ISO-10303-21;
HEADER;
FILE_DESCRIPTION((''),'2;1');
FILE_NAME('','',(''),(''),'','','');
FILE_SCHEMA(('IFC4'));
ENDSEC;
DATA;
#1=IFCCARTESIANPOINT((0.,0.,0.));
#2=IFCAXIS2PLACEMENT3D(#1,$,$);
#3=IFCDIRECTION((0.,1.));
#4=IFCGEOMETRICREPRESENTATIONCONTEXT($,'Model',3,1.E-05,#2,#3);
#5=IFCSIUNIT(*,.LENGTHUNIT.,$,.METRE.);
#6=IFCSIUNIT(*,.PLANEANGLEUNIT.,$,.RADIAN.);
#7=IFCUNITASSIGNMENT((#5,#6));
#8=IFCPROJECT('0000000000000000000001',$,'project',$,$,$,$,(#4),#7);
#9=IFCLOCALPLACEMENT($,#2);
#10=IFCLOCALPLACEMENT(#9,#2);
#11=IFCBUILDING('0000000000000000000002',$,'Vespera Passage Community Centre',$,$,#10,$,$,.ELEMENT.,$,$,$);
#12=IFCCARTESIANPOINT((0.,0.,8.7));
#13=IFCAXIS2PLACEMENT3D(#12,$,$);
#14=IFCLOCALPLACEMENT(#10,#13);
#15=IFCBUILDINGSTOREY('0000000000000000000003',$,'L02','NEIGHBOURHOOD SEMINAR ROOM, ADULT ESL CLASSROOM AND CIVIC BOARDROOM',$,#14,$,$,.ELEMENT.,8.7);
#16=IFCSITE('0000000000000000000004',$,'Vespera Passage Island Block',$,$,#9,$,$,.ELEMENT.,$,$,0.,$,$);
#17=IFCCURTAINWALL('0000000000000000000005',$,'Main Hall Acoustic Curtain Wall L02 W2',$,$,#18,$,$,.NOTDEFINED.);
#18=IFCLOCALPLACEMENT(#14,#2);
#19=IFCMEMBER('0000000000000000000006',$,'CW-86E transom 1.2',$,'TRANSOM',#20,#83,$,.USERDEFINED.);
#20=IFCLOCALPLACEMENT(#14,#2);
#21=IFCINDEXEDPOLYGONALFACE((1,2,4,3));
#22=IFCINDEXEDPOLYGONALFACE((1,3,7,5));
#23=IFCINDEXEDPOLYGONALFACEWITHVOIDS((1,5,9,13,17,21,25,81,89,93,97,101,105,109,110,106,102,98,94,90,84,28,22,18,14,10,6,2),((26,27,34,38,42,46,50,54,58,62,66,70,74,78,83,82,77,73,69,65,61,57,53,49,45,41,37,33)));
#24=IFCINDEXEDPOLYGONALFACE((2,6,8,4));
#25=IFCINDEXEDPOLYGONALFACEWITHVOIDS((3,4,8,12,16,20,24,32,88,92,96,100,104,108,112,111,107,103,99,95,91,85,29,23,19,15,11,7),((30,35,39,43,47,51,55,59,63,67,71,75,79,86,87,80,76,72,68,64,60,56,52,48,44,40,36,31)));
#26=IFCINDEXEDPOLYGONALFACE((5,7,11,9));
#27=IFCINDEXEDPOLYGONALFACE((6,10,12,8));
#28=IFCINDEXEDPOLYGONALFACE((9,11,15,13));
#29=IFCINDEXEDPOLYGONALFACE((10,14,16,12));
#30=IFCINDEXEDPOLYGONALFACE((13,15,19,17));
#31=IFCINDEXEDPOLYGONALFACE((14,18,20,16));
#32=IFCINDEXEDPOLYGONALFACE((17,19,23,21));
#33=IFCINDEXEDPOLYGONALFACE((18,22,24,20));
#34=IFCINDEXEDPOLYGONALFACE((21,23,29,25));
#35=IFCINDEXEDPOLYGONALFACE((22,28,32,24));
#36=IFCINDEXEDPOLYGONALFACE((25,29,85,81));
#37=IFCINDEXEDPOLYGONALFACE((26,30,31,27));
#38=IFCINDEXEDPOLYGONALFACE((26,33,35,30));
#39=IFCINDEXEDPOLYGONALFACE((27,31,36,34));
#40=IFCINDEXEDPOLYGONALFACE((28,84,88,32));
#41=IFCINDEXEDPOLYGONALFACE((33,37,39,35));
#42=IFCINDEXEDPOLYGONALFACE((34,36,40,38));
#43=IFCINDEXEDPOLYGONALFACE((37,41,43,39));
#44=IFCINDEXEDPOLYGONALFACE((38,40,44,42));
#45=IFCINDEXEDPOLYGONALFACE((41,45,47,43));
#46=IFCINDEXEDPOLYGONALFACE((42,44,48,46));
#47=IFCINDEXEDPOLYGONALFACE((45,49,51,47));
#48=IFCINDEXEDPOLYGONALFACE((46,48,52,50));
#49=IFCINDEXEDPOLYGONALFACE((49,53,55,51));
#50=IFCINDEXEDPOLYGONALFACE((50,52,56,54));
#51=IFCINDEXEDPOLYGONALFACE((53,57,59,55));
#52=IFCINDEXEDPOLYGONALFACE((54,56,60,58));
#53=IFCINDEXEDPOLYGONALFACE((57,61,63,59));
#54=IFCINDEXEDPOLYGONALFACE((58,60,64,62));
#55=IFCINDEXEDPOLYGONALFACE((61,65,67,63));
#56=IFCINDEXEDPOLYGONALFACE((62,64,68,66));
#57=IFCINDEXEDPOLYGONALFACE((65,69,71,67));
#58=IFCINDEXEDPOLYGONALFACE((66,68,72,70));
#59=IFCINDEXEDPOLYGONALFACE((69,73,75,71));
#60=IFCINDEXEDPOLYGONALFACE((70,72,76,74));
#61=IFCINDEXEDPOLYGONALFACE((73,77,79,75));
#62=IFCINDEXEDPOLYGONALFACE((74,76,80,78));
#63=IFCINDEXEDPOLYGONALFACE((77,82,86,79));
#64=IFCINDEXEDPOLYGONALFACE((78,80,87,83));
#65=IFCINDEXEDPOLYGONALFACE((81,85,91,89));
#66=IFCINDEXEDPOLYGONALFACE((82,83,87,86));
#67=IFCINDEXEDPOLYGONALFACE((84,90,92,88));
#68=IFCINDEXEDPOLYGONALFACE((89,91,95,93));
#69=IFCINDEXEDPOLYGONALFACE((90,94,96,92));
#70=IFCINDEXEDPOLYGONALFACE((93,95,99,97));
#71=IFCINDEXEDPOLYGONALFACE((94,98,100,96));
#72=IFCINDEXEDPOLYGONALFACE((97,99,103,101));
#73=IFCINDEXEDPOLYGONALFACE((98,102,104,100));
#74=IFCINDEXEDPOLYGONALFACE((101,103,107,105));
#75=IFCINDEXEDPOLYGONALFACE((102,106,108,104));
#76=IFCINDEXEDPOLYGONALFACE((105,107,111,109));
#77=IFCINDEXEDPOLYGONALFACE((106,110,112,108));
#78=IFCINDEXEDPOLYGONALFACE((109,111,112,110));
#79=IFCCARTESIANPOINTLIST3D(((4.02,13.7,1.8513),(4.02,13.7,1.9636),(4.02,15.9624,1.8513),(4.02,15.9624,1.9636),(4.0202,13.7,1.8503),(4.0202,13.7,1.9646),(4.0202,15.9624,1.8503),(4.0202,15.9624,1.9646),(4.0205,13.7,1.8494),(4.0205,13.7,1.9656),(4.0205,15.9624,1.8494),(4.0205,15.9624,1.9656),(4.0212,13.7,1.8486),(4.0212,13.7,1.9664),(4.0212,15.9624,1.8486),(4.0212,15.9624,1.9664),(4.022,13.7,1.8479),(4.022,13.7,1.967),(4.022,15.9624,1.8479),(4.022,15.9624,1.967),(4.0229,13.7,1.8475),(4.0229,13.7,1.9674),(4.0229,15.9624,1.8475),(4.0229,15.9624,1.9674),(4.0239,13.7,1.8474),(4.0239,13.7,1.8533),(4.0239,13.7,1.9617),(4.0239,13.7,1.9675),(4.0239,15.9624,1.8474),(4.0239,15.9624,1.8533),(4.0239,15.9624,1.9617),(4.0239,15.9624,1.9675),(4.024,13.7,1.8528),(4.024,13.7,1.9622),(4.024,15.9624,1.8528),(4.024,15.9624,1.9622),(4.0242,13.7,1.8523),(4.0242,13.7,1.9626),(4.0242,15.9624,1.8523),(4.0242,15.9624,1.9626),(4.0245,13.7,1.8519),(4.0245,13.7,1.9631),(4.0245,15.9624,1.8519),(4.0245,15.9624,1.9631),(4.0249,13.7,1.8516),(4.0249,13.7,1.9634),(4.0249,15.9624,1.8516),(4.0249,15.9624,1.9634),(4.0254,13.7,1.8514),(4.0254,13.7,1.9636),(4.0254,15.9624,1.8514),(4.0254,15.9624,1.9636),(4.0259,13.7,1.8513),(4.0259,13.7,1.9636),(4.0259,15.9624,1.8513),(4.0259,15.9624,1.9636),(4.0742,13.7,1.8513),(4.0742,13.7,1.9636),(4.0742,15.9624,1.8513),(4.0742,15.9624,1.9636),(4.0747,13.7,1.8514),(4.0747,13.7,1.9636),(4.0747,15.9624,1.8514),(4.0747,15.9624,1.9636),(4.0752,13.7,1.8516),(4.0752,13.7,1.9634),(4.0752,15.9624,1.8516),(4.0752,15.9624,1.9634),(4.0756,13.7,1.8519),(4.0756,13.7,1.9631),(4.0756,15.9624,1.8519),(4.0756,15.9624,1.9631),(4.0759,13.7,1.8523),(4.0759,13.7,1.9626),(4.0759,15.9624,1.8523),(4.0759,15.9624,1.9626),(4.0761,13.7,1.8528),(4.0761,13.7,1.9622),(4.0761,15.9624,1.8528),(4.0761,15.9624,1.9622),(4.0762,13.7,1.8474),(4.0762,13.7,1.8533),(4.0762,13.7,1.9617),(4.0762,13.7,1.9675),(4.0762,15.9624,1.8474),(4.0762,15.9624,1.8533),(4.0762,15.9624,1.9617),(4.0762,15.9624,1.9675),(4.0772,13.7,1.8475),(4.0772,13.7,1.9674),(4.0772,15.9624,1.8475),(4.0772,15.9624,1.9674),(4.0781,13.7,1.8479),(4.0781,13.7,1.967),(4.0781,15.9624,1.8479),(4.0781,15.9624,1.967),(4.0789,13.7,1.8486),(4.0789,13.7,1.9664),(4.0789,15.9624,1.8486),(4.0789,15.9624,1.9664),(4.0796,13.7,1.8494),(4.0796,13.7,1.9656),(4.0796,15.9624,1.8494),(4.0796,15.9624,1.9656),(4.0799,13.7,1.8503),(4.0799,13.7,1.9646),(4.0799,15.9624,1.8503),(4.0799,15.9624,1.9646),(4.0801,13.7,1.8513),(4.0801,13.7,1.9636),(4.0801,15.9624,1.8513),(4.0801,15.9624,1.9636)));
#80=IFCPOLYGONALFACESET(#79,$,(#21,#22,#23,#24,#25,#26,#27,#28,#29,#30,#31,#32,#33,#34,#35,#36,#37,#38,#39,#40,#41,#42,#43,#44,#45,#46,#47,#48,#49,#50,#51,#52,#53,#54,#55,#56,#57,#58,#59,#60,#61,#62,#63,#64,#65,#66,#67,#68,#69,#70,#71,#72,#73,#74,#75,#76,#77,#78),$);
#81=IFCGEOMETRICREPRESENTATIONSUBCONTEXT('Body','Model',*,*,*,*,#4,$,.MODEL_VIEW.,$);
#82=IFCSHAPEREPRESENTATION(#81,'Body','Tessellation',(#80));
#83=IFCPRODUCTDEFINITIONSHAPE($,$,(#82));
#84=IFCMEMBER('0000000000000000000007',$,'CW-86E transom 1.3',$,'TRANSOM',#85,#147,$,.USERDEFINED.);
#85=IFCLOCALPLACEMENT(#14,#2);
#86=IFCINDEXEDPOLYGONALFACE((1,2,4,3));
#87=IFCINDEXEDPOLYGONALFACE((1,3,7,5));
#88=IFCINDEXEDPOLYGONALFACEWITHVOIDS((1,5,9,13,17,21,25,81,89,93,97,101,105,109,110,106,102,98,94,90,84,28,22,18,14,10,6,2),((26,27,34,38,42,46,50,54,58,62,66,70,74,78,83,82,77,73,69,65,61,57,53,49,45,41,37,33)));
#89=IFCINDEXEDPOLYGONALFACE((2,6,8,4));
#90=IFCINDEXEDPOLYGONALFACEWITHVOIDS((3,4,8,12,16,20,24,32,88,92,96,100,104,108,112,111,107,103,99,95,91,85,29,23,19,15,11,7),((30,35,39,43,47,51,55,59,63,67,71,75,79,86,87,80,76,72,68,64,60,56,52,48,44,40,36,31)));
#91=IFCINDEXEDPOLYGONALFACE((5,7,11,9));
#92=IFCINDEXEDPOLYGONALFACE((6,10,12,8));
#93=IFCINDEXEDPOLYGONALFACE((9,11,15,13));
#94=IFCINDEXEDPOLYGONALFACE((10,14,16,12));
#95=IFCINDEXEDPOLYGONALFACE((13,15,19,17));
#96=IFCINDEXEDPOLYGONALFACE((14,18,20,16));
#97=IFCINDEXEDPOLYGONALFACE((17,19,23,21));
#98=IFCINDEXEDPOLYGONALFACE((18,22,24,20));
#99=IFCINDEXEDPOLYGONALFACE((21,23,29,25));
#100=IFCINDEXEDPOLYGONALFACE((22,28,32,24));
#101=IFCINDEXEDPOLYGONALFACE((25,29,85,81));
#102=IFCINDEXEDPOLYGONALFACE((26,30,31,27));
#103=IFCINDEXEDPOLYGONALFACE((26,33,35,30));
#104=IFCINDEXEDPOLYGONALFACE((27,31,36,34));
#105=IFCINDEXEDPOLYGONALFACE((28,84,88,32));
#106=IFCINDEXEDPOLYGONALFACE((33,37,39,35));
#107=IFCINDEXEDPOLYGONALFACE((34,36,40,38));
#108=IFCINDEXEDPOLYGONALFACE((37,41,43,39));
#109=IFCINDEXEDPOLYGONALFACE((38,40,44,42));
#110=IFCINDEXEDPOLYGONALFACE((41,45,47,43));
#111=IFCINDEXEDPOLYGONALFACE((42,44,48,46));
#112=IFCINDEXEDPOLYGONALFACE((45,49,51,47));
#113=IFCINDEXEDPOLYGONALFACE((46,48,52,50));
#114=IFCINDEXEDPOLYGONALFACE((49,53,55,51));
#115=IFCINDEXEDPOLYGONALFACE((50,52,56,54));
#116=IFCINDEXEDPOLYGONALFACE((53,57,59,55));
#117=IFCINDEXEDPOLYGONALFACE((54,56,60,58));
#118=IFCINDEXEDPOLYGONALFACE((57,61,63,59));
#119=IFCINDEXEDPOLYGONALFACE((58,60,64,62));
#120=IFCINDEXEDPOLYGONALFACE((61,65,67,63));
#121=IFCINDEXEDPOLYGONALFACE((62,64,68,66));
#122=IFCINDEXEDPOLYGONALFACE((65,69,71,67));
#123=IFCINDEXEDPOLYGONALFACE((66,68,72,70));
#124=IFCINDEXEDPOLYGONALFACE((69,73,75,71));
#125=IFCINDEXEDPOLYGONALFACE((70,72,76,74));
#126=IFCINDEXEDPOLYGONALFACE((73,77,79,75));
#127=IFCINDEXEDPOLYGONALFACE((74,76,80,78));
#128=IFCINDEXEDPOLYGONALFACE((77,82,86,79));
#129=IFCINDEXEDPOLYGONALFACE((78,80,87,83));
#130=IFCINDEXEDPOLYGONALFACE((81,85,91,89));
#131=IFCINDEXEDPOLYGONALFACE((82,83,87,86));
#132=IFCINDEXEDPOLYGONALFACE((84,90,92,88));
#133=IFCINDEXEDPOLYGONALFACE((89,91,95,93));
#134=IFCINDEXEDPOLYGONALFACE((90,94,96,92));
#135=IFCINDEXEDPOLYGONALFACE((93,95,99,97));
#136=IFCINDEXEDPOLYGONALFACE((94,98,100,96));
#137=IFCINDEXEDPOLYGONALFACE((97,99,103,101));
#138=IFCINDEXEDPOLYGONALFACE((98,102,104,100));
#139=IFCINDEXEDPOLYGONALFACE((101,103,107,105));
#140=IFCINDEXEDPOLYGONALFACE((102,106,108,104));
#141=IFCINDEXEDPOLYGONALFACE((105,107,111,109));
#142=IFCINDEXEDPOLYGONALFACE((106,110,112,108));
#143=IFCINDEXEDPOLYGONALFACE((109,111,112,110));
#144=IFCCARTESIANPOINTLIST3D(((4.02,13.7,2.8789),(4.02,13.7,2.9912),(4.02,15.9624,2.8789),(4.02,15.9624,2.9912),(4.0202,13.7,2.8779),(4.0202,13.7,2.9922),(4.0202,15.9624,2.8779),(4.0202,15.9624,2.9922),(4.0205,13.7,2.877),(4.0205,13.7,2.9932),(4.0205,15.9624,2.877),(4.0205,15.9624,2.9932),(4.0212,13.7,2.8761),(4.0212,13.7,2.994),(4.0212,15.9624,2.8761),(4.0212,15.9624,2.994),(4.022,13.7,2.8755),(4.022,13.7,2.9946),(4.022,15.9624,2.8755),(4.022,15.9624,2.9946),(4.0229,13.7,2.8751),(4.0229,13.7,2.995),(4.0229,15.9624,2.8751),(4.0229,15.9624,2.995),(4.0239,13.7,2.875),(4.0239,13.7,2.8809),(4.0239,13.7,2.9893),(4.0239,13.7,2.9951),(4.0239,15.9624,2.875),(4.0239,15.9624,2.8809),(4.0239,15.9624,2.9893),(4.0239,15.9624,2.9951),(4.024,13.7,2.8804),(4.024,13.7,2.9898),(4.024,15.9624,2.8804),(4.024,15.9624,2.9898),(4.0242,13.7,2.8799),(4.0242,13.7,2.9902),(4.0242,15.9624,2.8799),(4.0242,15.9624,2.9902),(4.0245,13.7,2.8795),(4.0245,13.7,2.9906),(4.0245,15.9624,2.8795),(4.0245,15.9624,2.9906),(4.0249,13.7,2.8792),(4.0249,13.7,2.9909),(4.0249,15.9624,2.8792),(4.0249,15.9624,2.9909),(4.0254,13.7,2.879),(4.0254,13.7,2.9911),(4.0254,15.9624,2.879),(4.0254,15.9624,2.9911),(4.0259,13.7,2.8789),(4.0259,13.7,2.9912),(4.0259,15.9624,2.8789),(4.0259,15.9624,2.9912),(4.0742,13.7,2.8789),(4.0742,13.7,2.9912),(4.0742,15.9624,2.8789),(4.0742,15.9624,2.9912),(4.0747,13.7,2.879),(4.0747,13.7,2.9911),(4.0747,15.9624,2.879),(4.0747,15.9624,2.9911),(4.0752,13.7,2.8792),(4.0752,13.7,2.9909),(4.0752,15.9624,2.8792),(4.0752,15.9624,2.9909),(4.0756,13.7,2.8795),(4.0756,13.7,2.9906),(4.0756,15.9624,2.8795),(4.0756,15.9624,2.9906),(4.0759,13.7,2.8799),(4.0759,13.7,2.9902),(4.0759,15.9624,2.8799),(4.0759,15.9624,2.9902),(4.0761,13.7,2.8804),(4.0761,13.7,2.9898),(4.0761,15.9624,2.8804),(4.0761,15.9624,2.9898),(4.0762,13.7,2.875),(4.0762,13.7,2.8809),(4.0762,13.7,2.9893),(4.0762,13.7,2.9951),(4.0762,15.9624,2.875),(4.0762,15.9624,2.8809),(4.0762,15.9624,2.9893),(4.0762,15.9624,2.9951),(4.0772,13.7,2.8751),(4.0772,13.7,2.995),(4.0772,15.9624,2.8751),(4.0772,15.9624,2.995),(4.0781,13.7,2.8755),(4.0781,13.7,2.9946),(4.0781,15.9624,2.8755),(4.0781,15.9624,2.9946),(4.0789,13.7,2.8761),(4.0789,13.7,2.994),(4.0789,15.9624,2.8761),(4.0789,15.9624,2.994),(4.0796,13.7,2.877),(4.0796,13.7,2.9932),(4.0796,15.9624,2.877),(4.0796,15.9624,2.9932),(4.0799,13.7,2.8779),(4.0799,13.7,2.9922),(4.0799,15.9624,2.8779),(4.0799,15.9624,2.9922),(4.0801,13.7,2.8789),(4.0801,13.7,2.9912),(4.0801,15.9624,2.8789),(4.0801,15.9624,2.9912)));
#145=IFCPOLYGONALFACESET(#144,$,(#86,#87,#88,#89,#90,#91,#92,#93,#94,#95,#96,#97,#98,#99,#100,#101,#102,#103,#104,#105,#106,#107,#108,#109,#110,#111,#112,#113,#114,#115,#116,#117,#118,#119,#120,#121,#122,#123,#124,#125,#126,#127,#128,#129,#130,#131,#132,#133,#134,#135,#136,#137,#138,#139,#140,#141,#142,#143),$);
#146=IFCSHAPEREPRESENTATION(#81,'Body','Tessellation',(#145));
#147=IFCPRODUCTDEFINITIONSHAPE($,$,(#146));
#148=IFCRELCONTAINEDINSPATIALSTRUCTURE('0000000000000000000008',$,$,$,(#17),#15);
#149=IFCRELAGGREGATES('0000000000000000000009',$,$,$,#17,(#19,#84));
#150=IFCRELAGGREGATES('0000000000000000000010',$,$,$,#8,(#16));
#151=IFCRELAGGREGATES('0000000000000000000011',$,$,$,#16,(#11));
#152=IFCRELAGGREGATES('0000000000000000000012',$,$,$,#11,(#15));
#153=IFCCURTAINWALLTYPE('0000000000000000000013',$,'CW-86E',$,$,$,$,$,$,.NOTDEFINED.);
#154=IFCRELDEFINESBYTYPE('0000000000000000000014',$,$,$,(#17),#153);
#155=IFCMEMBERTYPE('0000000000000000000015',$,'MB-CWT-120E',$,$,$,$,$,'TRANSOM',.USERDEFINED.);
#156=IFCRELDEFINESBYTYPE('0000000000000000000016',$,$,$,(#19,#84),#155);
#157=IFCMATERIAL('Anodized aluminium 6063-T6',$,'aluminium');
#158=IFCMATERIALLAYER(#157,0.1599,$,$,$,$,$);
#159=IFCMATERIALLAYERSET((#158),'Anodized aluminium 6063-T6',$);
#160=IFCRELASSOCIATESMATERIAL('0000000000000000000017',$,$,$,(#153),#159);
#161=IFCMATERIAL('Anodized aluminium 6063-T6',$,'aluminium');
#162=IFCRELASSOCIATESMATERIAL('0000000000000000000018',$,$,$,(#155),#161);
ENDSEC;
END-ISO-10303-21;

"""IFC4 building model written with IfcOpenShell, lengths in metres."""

from ifc_helpers import new_model, si_unit, direction, frame, origin, origin_2d, place, context, subcontext, project, spatial, hollow_rectangle, extrude, material, layer, layer_set, material_profile, profile_set, type_object, element, aggregate, save


model = new_model("IFC4")

# Units and contexts
model_context = context("Model", 3, precision=1e-05, world=origin(), true_north=direction((0.0, 1.0)))
body_context = subcontext(model_context, "Body", "Model", "MODEL_VIEW")
ifc_project = project(units=[si_unit("LENGTHUNIT", "METRE"), si_unit("PLANEANGLEUNIT", "RADIAN")], contexts=[model_context])

# Site, building, storey
site_placement = place(None, origin())
site = spatial("IfcSite", under=ifc_project, at=site_placement, Name="Vespera Passage Island Block", CompositionType="ELEMENT", RefElevation=0.0)
building_placement = place(site_placement, origin())
building = spatial("IfcBuilding", under=site, at=building_placement, Name="Vespera Passage Community Centre", CompositionType="ELEMENT")
storey_placement = place(building_placement, frame((0.0, 0.0, 8.7)))
storey = spatial("IfcBuildingStorey", under=building, at=storey_placement, Name="L02", Description="NEIGHBOURHOOD SEMINAR ROOM, ADULT ESL CLASSROOM AND CIVIC BOARDROOM", CompositionType="ELEMENT", Elevation=8.7)

# Curtain wall, members
ifc_material_1 = material(Name="Anodized aluminium 6063-T6", Category="aluminium")
ifc_layer_1 = layer(ifc_material_1, 0.1599)
ifc_layer_set_1 = layer_set([ifc_layer_1], Name="Anodized aluminium 6063-T6")
curtain_wall_type_1 = type_object("IfcCurtainWallType", Name="CW-86E", PredefinedType="NOTDEFINED", material=ifc_layer_set_1)
curtain_wall_1_placement = place(storey_placement, origin())
curtain_wall_1 = element("IfcCurtainWall", 1, at=curtain_wall_1_placement, inside=storey, type_object=curtain_wall_type_1, Name="Main Hall Acoustic Curtain Wall L02 W2", PredefinedType="NOTDEFINED")
ifc_material_2 = material(Name="Anodized aluminium 6063-T6", Category="aluminium")
ifc_material_profile_1 = material_profile(ifc_material_2, hollow_rectangle(XDim=0.0601, YDim=0.1201, WallThickness=0.0039, InnerFilletRadius=0.002, OuterFilletRadius=0.0039, at=origin_2d()), Name="ALU120X60X4")
ifc_profile_set_1 = profile_set([ifc_material_profile_1], Name="Anodized aluminium 6063-T6")
member_type_1 = type_object("IfcMemberType", Name="MB-CWT-120E", ElementType="TRANSOM", PredefinedType="USERDEFINED", material=ifc_profile_set_1)
member_1_placement = place(storey_placement, frame((4.05, 13.7, 1.9075), z_axis=(0.0, 1.0, 0.0), x_axis=(-1.0, 0.0, 0.0)))
member_1 = element("IfcMember", 2, at=member_1_placement, type_object=member_type_1, Name="CW-86E transom 1.2", ObjectType="TRANSOM", PredefinedType="USERDEFINED", context=body_context, shape_type="SweptSolid", body=[
    extrude(hollow_rectangle(XDim=0.0601, YDim=0.1201, WallThickness=0.0039, InnerFilletRadius=0.002, OuterFilletRadius=0.0039, at=origin_2d()), origin(), (0.0, 0.0, 1.0), 2.2625),
])
member_2_placement = place(storey_placement, frame((4.05, 13.7, 2.9351), z_axis=(0.0, 1.0, 0.0), x_axis=(-1.0, 0.0, 0.0)))
member_2 = element("IfcMember", 3, at=member_2_placement, type_object=member_type_1, Name="CW-86E transom 1.3", ObjectType="TRANSOM", PredefinedType="USERDEFINED", context=body_context, shape_type="SweptSolid", body=[
    extrude(hollow_rectangle(XDim=0.0601, YDim=0.1201, WallThickness=0.0039, InnerFilletRadius=0.002, OuterFilletRadius=0.0039, at=origin_2d()), origin(), (0.0, 0.0, 1.0), 2.2625),
])

aggregate(curtain_wall_1, [member_1, member_2])

save(model, "model.ifc")
